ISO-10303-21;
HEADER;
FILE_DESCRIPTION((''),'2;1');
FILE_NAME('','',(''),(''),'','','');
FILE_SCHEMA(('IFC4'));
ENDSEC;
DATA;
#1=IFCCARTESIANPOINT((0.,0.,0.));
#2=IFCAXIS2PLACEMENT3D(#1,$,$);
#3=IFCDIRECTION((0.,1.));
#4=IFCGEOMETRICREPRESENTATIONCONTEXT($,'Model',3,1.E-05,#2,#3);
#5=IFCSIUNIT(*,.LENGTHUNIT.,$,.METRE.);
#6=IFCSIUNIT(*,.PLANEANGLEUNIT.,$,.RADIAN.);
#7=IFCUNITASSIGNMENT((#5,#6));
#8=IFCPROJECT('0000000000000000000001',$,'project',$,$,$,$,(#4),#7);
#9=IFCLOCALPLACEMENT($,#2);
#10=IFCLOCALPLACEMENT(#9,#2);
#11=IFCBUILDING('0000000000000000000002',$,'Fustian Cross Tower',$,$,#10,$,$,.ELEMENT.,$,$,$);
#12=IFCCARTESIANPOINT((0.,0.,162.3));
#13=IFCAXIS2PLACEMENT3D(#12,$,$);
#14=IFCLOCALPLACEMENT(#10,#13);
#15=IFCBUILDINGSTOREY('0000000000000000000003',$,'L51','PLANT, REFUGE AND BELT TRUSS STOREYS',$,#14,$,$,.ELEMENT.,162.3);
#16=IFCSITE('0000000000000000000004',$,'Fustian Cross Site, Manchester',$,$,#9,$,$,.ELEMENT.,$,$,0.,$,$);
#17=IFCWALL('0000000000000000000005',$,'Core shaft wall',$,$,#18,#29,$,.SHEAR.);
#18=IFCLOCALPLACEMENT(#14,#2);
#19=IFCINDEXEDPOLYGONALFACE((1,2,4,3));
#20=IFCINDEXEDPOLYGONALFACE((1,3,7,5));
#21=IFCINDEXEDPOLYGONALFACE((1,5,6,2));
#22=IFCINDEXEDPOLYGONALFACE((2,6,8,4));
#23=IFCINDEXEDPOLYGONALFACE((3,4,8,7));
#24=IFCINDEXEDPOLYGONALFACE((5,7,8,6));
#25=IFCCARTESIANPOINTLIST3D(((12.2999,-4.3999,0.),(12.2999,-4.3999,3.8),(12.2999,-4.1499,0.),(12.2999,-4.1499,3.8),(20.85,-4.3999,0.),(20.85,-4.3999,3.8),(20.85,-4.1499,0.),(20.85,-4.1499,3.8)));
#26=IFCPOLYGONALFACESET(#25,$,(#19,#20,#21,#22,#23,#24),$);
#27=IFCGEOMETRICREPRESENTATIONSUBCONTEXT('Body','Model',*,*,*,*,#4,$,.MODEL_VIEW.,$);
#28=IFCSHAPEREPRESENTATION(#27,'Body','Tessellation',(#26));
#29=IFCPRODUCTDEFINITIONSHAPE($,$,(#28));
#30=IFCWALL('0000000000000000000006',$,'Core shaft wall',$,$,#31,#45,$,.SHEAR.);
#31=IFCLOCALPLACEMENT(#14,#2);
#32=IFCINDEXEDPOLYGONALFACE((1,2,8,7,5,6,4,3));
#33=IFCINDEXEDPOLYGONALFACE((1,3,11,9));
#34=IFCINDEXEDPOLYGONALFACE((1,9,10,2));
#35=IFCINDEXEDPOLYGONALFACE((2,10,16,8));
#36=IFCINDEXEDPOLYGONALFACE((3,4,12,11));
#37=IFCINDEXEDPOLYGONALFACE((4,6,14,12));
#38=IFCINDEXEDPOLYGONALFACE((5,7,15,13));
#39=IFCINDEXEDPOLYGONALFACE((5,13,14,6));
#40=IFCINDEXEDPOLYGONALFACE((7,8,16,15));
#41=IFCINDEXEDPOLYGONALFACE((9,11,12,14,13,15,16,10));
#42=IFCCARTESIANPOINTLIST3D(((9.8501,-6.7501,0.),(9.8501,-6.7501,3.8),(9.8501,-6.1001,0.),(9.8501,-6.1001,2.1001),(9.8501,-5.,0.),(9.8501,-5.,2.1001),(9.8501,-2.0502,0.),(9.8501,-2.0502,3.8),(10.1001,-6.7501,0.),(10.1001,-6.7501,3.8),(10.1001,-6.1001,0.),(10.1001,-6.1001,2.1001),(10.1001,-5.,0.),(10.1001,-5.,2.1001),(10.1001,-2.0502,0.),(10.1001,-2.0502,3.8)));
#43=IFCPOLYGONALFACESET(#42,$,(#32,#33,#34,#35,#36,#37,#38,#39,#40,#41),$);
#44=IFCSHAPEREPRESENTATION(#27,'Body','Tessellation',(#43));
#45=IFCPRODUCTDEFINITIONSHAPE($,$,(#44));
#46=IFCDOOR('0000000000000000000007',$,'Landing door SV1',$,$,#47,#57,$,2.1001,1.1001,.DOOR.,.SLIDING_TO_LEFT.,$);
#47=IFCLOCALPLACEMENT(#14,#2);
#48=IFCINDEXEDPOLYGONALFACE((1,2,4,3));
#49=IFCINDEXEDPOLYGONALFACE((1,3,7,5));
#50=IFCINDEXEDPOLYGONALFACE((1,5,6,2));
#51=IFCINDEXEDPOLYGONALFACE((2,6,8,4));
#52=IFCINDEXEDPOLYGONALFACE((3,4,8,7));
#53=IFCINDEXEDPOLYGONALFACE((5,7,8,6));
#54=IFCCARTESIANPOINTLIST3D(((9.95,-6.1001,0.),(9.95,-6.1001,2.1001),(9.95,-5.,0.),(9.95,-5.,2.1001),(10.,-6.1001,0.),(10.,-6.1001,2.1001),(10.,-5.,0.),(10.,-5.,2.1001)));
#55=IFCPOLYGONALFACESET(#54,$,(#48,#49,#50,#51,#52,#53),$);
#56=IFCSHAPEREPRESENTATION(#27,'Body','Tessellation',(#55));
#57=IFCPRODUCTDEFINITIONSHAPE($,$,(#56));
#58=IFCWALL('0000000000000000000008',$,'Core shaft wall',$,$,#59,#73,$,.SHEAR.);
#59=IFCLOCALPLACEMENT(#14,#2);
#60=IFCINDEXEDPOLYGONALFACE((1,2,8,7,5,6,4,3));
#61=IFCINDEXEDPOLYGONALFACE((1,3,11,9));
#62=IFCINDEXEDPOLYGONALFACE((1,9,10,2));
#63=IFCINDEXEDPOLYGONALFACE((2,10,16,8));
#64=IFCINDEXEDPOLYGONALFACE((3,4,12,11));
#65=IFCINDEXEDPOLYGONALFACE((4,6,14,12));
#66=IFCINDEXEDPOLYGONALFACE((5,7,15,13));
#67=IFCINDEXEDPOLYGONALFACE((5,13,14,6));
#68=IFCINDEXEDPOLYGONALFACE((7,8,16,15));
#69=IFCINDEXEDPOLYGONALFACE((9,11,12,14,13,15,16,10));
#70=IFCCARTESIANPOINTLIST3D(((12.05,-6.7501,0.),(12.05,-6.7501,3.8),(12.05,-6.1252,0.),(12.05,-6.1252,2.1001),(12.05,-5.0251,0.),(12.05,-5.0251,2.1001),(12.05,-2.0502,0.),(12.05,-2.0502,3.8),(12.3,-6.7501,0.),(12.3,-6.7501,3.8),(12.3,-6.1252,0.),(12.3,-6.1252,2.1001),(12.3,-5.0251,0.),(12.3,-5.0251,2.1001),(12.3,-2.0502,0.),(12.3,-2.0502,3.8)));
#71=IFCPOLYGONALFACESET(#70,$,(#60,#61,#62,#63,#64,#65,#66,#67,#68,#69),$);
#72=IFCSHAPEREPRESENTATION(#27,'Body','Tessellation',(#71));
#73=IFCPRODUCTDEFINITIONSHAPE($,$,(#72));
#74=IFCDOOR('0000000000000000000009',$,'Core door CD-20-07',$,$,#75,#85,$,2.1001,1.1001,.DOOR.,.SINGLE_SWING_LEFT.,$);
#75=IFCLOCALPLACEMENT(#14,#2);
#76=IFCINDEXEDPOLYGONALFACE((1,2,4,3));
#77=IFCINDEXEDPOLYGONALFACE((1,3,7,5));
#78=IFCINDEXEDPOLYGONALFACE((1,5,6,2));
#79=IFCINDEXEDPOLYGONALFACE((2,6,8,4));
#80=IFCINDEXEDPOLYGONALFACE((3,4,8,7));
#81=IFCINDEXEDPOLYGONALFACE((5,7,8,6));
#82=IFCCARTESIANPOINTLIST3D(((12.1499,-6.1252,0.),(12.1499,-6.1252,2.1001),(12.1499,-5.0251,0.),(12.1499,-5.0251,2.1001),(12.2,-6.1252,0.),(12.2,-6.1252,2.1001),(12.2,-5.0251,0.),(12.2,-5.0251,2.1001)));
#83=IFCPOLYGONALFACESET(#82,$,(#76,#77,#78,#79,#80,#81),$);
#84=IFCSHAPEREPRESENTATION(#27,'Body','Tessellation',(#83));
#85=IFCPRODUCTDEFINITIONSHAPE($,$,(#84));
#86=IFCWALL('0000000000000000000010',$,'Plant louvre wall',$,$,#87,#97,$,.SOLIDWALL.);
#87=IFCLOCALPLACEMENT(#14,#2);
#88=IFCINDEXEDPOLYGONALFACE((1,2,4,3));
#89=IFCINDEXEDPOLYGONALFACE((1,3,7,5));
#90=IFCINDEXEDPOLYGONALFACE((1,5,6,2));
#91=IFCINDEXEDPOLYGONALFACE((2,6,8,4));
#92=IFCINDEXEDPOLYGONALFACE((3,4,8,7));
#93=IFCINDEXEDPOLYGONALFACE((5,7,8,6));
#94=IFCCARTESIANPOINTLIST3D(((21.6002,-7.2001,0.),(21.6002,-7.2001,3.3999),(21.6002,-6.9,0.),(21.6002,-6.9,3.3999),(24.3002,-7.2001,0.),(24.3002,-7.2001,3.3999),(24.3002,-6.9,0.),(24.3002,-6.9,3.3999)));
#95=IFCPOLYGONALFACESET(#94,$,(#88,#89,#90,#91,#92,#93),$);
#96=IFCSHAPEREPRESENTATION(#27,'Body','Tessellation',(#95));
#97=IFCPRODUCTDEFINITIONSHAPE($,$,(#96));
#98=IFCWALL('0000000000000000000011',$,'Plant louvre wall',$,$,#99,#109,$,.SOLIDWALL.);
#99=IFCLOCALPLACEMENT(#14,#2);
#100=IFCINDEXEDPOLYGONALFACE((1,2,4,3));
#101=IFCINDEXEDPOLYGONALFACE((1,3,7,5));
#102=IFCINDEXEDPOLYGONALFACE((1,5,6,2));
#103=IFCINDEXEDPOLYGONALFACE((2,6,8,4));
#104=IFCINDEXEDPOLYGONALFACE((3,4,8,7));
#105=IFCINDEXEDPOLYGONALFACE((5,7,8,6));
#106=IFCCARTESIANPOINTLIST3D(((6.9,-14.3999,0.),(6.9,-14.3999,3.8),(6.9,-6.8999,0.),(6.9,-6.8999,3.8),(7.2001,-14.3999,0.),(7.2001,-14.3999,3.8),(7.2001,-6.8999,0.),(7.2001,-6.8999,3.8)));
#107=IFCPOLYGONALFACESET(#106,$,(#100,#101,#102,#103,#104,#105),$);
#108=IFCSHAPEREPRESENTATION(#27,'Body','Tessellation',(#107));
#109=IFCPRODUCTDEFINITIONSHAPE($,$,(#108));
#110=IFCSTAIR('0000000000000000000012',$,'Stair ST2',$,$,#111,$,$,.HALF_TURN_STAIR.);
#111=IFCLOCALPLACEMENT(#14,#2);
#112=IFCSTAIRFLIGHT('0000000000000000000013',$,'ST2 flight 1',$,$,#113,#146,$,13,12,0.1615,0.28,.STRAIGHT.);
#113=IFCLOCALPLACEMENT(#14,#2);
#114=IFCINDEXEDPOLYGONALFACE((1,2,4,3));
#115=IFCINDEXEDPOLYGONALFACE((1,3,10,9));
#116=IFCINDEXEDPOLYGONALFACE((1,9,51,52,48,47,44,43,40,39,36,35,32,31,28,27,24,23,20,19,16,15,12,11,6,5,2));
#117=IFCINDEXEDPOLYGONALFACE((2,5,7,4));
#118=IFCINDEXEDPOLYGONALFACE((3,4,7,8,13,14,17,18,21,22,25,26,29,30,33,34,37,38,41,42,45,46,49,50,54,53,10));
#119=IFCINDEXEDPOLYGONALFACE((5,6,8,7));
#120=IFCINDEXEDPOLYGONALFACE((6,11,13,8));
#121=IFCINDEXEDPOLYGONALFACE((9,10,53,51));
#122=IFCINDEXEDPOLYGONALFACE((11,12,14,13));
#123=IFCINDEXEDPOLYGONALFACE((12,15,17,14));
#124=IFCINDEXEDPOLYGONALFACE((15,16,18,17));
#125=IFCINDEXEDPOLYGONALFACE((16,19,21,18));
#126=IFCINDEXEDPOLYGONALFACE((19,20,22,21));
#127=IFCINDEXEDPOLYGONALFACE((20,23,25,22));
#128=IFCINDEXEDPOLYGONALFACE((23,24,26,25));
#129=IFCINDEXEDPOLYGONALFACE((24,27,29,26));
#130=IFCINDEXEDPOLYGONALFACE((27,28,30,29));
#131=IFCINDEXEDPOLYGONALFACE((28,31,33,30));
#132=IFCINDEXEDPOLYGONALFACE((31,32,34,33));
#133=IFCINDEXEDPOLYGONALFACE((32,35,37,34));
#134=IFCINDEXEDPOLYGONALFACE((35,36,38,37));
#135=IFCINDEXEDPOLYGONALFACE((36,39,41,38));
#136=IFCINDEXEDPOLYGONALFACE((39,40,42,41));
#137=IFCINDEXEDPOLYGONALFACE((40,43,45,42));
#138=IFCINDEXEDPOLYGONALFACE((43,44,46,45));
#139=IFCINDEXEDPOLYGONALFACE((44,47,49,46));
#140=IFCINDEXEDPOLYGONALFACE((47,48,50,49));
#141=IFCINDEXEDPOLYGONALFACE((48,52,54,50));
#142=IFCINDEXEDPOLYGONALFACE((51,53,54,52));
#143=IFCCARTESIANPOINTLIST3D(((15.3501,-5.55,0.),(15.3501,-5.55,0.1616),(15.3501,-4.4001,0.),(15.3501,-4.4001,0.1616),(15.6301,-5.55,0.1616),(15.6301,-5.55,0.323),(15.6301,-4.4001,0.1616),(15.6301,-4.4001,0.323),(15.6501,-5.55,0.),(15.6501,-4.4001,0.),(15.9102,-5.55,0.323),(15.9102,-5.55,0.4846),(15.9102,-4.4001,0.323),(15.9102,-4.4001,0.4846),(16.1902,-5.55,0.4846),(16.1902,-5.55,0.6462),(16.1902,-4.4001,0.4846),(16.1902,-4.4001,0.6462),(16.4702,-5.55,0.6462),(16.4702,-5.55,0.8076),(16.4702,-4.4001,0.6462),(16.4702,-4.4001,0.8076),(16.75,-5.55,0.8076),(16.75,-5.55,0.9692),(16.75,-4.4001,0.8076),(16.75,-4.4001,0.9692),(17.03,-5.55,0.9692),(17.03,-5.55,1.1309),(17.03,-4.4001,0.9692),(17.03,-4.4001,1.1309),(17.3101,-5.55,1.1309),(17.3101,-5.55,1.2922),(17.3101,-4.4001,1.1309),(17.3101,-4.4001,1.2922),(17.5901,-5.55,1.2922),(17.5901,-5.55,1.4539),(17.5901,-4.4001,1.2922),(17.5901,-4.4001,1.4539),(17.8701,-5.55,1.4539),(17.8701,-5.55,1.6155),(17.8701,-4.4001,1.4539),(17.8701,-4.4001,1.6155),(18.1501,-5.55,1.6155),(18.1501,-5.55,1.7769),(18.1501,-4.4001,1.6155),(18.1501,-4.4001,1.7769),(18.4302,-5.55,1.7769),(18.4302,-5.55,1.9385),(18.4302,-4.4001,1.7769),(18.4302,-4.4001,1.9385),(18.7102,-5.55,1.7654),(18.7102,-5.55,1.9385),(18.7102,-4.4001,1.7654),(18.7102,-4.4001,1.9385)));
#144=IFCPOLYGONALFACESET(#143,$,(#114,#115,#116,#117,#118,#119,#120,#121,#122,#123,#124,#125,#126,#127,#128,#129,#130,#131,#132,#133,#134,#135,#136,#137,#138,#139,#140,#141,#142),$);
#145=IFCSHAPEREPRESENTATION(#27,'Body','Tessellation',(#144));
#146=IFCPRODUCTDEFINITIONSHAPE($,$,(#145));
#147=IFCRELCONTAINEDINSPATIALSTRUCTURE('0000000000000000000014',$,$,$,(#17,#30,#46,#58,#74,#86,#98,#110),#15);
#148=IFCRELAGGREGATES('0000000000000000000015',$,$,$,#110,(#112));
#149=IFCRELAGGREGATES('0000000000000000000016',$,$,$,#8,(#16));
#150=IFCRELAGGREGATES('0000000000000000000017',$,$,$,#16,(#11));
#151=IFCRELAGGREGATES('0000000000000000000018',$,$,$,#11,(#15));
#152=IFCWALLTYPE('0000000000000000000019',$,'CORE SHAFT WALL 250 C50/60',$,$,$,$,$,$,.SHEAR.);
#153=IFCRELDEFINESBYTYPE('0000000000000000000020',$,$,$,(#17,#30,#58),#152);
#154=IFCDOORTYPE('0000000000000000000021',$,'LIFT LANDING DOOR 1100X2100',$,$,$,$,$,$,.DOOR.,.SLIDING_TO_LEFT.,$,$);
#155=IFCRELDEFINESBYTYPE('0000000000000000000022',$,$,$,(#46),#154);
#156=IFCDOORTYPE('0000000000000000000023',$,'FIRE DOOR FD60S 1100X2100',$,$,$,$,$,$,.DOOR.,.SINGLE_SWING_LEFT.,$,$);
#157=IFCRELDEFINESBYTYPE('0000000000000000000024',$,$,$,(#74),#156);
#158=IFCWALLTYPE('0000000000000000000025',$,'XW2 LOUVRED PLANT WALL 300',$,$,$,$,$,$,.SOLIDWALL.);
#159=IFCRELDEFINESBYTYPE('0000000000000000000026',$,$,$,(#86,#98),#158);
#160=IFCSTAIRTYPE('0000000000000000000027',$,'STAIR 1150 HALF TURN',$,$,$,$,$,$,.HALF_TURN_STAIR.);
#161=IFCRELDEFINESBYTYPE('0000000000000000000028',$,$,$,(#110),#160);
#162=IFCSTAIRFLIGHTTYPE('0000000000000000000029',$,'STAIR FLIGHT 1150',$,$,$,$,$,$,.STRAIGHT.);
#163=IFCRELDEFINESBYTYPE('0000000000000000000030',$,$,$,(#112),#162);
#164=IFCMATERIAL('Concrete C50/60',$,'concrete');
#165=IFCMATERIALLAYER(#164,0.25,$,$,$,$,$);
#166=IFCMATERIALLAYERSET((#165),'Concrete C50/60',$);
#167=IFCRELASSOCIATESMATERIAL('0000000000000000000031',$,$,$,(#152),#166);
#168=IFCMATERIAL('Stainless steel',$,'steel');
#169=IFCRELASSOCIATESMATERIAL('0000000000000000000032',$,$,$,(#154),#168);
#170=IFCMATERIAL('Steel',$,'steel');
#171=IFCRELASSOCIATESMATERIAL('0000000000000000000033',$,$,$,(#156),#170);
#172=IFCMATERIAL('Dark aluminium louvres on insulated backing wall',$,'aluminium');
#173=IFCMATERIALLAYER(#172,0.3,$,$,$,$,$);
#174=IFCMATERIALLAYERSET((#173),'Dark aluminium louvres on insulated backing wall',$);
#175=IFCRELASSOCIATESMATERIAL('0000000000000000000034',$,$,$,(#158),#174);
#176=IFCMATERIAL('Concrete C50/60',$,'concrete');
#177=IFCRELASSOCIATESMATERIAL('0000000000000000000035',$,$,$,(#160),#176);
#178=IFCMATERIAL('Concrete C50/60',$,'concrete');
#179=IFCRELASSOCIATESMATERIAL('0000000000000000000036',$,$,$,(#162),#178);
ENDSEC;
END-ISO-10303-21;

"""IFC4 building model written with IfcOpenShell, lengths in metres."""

from ifc_helpers import new_model, si_unit, direction, frame, frame_2d, origin, place, context, subcontext, project, spatial, polyline, rectangle, outline, extrude, material, layer, layer_set, type_object, element, fill, aggregate, save


model = new_model("IFC4")

# Units and contexts
model_context = context("Model", 3, precision=1e-05, world=origin(), true_north=direction((0.0, 1.0)))
body_context = subcontext(model_context, "Body", "Model", "MODEL_VIEW")
ifc_project = project(units=[si_unit("LENGTHUNIT", "METRE"), si_unit("PLANEANGLEUNIT", "RADIAN")], contexts=[model_context])

# Site, building, storey
site_placement = place(None, origin())
site = spatial("IfcSite", under=ifc_project, at=site_placement, Name="Fustian Cross Site, Manchester", CompositionType="ELEMENT", RefElevation=0.0)
building_placement = place(site_placement, origin())
building = spatial("IfcBuilding", under=site, at=building_placement, Name="Fustian Cross Tower", CompositionType="ELEMENT")
storey_placement = place(building_placement, frame((0.0, 0.0, 162.3)))
storey = spatial("IfcBuildingStorey", under=building, at=storey_placement, Name="L51", Description="PLANT, REFUGE AND BELT TRUSS STOREYS", CompositionType="ELEMENT", Elevation=162.3)

# Wall
ifc_material_1 = material(Name="Concrete C50/60", Category="concrete")
ifc_layer_1 = layer(ifc_material_1, 0.25)
ifc_layer_set_1 = layer_set([ifc_layer_1], Name="Concrete C50/60")
wall_type_1 = type_object("IfcWallType", Name="CORE SHAFT WALL 250 C50/60", PredefinedType="SHEAR", material=ifc_layer_set_1)
wall_1_placement = place(storey_placement, frame((12.3, -4.2749, 0.0), z_axis=(0.0, 0.0, 1.0), x_axis=(1.0, 0.0, 0.0)))
element("IfcWall", 1, at=wall_1_placement, inside=storey, type_object=wall_type_1, Name="Core shaft wall", PredefinedType="SHEAR", context=body_context, shape_type="SweptSolid", body=[
    extrude(rectangle(XDim=8.55, YDim=0.25, at=frame_2d((4.2749, 0.0))), origin(), (0.0, 0.0, 1.0), 3.8),
])

# Walls, openings, doors
wall_2_placement = place(storey_placement, frame((9.9751, -2.05, 0.0), z_axis=(0.0, 0.0, 1.0), x_axis=(0.0, -1.0, 0.0)))
wall_2 = element("IfcWall", 2, at=wall_2_placement, inside=storey, type_object=wall_type_1, Name="Core shaft wall", PredefinedType="SHEAR", context=body_context, shape_type="SweptSolid", body=[
    extrude(rectangle(XDim=4.7, YDim=0.25, at=frame_2d((2.3501, 0.0))), origin(), (0.0, 0.0, 1.0), 3.8),
])
opening_1_placement = place(wall_2_placement, frame((2.95, 0.0, 0.0)))
opening_1 = element("IfcOpeningElement", 3, at=opening_1_placement, cuts=wall_2, PredefinedType="OPENING", context=body_context, shape_type="SweptSolid", body=[
    extrude(rectangle(XDim=1.1001, YDim=2.1001, at=frame_2d((0.55, 1.05))), frame((0.0, 0.135, 0.0), z_axis=(0.0, -1.0, 0.0), x_axis=(1.0, 0.0, 0.0)), (0.0, 0.0, 1.0), 0.27),
])
ifc_material_2 = material(Name="Stainless steel", Category="steel")
door_type_1 = type_object("IfcDoorType", Name="LIFT LANDING DOOR 1100X2100", OperationType="SLIDING_TO_LEFT", PredefinedType="DOOR", material=ifc_material_2)
door_1_placement = place(opening_1_placement, origin())
door_1 = element("IfcDoor", 4, at=door_1_placement, inside=storey, type_object=door_type_1, Name="Landing door SV1", OperationType="SLIDING_TO_LEFT", OverallHeight=2.1001, OverallWidth=1.1001, PredefinedType="DOOR", context=body_context, shape_type="SweptSolid", body=[
    extrude(rectangle(XDim=1.1001, YDim=2.1001, at=frame_2d((0.55, 1.05))), frame((0.0, 0.0249, 0.0), z_axis=(0.0, -1.0, 0.0), x_axis=(1.0, 0.0, 0.0)), (0.0, 0.0, 1.0), 0.05),
])
fill(opening_1, door_1)
wall_3_placement = place(storey_placement, frame((12.175, -2.05, 0.0), z_axis=(0.0, 0.0, 1.0), x_axis=(0.0, -1.0, 0.0)))
wall_3 = element("IfcWall", 5, at=wall_3_placement, inside=storey, type_object=wall_type_1, Name="Core shaft wall", PredefinedType="SHEAR", context=body_context, shape_type="SweptSolid", body=[
    extrude(rectangle(XDim=4.7, YDim=0.25, at=frame_2d((2.3501, 0.0))), origin(), (0.0, 0.0, 1.0), 3.8),
])
opening_2_placement = place(wall_3_placement, frame((2.9751, 0.0, 0.0)))
opening_2 = element("IfcOpeningElement", 6, at=opening_2_placement, cuts=wall_3, PredefinedType="OPENING", context=body_context, shape_type="SweptSolid", body=[
    extrude(rectangle(XDim=1.1001, YDim=2.1001, at=frame_2d((0.55, 1.05))), frame((0.0, 0.135, 0.0), z_axis=(0.0, -1.0, 0.0), x_axis=(1.0, 0.0, 0.0)), (0.0, 0.0, 1.0), 0.27),
])
ifc_material_3 = material(Name="Steel", Category="steel")
door_type_2 = type_object("IfcDoorType", Name="FIRE DOOR FD60S 1100X2100", OperationType="SINGLE_SWING_LEFT", PredefinedType="DOOR", material=ifc_material_3)
door_2_placement = place(opening_2_placement, origin())
door_2 = element("IfcDoor", 7, at=door_2_placement, inside=storey, type_object=door_type_2, Name="Core door CD-20-07", OperationType="SINGLE_SWING_LEFT", OverallHeight=2.1001, OverallWidth=1.1001, PredefinedType="DOOR", context=body_context, shape_type="SweptSolid", body=[
    extrude(rectangle(XDim=1.1001, YDim=2.1001, at=frame_2d((0.55, 1.05))), frame((0.0, 0.0249, 0.0), z_axis=(0.0, -1.0, 0.0), x_axis=(1.0, 0.0, 0.0)), (0.0, 0.0, 1.0), 0.05),
])
fill(opening_2, door_2)

# Walls
ifc_material_4 = material(Name="Dark aluminium louvres on insulated backing wall", Category="aluminium")
ifc_layer_2 = layer(ifc_material_4, 0.3)
ifc_layer_set_2 = layer_set([ifc_layer_2], Name="Dark aluminium louvres on insulated backing wall")
wall_type_2 = type_object("IfcWallType", Name="XW2 LOUVRED PLANT WALL 300", PredefinedType="SOLIDWALL", material=ifc_layer_set_2)
wall_4_placement = place(storey_placement, frame((21.6001, -7.05, 0.0), z_axis=(0.0, 0.0, 1.0), x_axis=(1.0, 0.0, 0.0)))
element("IfcWall", 8, at=wall_4_placement, inside=storey, type_object=wall_type_2, Name="Plant louvre wall", PredefinedType="SOLIDWALL", context=body_context, shape_type="SweptSolid", body=[
    extrude(rectangle(XDim=2.7, YDim=0.3, at=frame_2d((1.3501, 0.0))), origin(), (0.0, 0.0, 1.0), 3.3999),
])
wall_5_placement = place(storey_placement, frame((7.05, -14.3999, 0.0), z_axis=(0.0, 0.0, 1.0), x_axis=(0.0, 1.0, 0.0)))
element("IfcWall", 9, at=wall_5_placement, inside=storey, type_object=wall_type_2, Name="Plant louvre wall", PredefinedType="SOLIDWALL", context=body_context, shape_type="SweptSolid", body=[
    extrude(rectangle(XDim=7.5, YDim=0.3, at=frame_2d((3.75, 0.0))), origin(), (0.0, 0.0, 1.0), 3.8),
])

# Stair, stair flight
ifc_material_5 = material(Name="Concrete C50/60", Category="concrete")
stair_type = type_object("IfcStairType", Name="STAIR 1150 HALF TURN", PredefinedType="HALF_TURN_STAIR", material=ifc_material_5)
stair_placement = place(storey_placement, origin())
stair = element("IfcStair", 10, at=stair_placement, inside=storey, type_object=stair_type, Name="Stair ST2", PredefinedType="HALF_TURN_STAIR")
ifc_material_6 = material(Name="Concrete C50/60", Category="concrete")
stair_flight_type = type_object("IfcStairFlightType", Name="STAIR FLIGHT 1150", PredefinedType="STRAIGHT", material=ifc_material_6)
stair_flight_1_placement = place(storey_placement, frame((15.3501, -4.9751, 0.0), z_axis=(0.0, 0.0, 1.0), x_axis=(1.0, 0.0, 0.0)))
stair_flight_1 = element("IfcStairFlight", 11, at=stair_flight_1_placement, type_object=stair_flight_type, Name="ST2 flight 1", NumberOfRisers=13, NumberOfTreads=12, PredefinedType="STRAIGHT", RiserHeight=0.1615, TreadLength=0.28, context=body_context, shape_type="SweptSolid", body=[
    extrude(outline(polyline([(0.0, 0.0), (0.0, 0.1616), (0.28, 0.1616), (0.28, 0.323), (0.5601, 0.323), (0.5601, 0.4846), (0.8401, 0.4846), (0.8401, 0.6462), (1.1201, 0.6462), (1.1201, 0.8076), (1.3999, 0.8076), (1.3999, 0.9692), (1.6799, 0.9692), (1.6799, 1.1309), (1.96, 1.1309), (1.96, 1.2922), (2.24, 1.2922), (2.24, 1.4539), (2.52, 1.4539), (2.52, 1.6155), (2.8, 1.6155), (2.8, 1.7769), (3.0801, 1.7769), (3.0801, 1.9385), (3.3601, 1.9385), (3.3601, 2.1001), (3.3601, 1.7654), (0.3, 0.0), (0.0, 0.0)])), frame((0.0, 0.575, 0.0), z_axis=(0.0, -1.0, 0.0), x_axis=(1.0, 0.0, 0.0)), (0.0, 0.0, 1.0), 1.1499),
])
aggregate(stair, [stair_flight_1])

save(model, "model.ifc")
